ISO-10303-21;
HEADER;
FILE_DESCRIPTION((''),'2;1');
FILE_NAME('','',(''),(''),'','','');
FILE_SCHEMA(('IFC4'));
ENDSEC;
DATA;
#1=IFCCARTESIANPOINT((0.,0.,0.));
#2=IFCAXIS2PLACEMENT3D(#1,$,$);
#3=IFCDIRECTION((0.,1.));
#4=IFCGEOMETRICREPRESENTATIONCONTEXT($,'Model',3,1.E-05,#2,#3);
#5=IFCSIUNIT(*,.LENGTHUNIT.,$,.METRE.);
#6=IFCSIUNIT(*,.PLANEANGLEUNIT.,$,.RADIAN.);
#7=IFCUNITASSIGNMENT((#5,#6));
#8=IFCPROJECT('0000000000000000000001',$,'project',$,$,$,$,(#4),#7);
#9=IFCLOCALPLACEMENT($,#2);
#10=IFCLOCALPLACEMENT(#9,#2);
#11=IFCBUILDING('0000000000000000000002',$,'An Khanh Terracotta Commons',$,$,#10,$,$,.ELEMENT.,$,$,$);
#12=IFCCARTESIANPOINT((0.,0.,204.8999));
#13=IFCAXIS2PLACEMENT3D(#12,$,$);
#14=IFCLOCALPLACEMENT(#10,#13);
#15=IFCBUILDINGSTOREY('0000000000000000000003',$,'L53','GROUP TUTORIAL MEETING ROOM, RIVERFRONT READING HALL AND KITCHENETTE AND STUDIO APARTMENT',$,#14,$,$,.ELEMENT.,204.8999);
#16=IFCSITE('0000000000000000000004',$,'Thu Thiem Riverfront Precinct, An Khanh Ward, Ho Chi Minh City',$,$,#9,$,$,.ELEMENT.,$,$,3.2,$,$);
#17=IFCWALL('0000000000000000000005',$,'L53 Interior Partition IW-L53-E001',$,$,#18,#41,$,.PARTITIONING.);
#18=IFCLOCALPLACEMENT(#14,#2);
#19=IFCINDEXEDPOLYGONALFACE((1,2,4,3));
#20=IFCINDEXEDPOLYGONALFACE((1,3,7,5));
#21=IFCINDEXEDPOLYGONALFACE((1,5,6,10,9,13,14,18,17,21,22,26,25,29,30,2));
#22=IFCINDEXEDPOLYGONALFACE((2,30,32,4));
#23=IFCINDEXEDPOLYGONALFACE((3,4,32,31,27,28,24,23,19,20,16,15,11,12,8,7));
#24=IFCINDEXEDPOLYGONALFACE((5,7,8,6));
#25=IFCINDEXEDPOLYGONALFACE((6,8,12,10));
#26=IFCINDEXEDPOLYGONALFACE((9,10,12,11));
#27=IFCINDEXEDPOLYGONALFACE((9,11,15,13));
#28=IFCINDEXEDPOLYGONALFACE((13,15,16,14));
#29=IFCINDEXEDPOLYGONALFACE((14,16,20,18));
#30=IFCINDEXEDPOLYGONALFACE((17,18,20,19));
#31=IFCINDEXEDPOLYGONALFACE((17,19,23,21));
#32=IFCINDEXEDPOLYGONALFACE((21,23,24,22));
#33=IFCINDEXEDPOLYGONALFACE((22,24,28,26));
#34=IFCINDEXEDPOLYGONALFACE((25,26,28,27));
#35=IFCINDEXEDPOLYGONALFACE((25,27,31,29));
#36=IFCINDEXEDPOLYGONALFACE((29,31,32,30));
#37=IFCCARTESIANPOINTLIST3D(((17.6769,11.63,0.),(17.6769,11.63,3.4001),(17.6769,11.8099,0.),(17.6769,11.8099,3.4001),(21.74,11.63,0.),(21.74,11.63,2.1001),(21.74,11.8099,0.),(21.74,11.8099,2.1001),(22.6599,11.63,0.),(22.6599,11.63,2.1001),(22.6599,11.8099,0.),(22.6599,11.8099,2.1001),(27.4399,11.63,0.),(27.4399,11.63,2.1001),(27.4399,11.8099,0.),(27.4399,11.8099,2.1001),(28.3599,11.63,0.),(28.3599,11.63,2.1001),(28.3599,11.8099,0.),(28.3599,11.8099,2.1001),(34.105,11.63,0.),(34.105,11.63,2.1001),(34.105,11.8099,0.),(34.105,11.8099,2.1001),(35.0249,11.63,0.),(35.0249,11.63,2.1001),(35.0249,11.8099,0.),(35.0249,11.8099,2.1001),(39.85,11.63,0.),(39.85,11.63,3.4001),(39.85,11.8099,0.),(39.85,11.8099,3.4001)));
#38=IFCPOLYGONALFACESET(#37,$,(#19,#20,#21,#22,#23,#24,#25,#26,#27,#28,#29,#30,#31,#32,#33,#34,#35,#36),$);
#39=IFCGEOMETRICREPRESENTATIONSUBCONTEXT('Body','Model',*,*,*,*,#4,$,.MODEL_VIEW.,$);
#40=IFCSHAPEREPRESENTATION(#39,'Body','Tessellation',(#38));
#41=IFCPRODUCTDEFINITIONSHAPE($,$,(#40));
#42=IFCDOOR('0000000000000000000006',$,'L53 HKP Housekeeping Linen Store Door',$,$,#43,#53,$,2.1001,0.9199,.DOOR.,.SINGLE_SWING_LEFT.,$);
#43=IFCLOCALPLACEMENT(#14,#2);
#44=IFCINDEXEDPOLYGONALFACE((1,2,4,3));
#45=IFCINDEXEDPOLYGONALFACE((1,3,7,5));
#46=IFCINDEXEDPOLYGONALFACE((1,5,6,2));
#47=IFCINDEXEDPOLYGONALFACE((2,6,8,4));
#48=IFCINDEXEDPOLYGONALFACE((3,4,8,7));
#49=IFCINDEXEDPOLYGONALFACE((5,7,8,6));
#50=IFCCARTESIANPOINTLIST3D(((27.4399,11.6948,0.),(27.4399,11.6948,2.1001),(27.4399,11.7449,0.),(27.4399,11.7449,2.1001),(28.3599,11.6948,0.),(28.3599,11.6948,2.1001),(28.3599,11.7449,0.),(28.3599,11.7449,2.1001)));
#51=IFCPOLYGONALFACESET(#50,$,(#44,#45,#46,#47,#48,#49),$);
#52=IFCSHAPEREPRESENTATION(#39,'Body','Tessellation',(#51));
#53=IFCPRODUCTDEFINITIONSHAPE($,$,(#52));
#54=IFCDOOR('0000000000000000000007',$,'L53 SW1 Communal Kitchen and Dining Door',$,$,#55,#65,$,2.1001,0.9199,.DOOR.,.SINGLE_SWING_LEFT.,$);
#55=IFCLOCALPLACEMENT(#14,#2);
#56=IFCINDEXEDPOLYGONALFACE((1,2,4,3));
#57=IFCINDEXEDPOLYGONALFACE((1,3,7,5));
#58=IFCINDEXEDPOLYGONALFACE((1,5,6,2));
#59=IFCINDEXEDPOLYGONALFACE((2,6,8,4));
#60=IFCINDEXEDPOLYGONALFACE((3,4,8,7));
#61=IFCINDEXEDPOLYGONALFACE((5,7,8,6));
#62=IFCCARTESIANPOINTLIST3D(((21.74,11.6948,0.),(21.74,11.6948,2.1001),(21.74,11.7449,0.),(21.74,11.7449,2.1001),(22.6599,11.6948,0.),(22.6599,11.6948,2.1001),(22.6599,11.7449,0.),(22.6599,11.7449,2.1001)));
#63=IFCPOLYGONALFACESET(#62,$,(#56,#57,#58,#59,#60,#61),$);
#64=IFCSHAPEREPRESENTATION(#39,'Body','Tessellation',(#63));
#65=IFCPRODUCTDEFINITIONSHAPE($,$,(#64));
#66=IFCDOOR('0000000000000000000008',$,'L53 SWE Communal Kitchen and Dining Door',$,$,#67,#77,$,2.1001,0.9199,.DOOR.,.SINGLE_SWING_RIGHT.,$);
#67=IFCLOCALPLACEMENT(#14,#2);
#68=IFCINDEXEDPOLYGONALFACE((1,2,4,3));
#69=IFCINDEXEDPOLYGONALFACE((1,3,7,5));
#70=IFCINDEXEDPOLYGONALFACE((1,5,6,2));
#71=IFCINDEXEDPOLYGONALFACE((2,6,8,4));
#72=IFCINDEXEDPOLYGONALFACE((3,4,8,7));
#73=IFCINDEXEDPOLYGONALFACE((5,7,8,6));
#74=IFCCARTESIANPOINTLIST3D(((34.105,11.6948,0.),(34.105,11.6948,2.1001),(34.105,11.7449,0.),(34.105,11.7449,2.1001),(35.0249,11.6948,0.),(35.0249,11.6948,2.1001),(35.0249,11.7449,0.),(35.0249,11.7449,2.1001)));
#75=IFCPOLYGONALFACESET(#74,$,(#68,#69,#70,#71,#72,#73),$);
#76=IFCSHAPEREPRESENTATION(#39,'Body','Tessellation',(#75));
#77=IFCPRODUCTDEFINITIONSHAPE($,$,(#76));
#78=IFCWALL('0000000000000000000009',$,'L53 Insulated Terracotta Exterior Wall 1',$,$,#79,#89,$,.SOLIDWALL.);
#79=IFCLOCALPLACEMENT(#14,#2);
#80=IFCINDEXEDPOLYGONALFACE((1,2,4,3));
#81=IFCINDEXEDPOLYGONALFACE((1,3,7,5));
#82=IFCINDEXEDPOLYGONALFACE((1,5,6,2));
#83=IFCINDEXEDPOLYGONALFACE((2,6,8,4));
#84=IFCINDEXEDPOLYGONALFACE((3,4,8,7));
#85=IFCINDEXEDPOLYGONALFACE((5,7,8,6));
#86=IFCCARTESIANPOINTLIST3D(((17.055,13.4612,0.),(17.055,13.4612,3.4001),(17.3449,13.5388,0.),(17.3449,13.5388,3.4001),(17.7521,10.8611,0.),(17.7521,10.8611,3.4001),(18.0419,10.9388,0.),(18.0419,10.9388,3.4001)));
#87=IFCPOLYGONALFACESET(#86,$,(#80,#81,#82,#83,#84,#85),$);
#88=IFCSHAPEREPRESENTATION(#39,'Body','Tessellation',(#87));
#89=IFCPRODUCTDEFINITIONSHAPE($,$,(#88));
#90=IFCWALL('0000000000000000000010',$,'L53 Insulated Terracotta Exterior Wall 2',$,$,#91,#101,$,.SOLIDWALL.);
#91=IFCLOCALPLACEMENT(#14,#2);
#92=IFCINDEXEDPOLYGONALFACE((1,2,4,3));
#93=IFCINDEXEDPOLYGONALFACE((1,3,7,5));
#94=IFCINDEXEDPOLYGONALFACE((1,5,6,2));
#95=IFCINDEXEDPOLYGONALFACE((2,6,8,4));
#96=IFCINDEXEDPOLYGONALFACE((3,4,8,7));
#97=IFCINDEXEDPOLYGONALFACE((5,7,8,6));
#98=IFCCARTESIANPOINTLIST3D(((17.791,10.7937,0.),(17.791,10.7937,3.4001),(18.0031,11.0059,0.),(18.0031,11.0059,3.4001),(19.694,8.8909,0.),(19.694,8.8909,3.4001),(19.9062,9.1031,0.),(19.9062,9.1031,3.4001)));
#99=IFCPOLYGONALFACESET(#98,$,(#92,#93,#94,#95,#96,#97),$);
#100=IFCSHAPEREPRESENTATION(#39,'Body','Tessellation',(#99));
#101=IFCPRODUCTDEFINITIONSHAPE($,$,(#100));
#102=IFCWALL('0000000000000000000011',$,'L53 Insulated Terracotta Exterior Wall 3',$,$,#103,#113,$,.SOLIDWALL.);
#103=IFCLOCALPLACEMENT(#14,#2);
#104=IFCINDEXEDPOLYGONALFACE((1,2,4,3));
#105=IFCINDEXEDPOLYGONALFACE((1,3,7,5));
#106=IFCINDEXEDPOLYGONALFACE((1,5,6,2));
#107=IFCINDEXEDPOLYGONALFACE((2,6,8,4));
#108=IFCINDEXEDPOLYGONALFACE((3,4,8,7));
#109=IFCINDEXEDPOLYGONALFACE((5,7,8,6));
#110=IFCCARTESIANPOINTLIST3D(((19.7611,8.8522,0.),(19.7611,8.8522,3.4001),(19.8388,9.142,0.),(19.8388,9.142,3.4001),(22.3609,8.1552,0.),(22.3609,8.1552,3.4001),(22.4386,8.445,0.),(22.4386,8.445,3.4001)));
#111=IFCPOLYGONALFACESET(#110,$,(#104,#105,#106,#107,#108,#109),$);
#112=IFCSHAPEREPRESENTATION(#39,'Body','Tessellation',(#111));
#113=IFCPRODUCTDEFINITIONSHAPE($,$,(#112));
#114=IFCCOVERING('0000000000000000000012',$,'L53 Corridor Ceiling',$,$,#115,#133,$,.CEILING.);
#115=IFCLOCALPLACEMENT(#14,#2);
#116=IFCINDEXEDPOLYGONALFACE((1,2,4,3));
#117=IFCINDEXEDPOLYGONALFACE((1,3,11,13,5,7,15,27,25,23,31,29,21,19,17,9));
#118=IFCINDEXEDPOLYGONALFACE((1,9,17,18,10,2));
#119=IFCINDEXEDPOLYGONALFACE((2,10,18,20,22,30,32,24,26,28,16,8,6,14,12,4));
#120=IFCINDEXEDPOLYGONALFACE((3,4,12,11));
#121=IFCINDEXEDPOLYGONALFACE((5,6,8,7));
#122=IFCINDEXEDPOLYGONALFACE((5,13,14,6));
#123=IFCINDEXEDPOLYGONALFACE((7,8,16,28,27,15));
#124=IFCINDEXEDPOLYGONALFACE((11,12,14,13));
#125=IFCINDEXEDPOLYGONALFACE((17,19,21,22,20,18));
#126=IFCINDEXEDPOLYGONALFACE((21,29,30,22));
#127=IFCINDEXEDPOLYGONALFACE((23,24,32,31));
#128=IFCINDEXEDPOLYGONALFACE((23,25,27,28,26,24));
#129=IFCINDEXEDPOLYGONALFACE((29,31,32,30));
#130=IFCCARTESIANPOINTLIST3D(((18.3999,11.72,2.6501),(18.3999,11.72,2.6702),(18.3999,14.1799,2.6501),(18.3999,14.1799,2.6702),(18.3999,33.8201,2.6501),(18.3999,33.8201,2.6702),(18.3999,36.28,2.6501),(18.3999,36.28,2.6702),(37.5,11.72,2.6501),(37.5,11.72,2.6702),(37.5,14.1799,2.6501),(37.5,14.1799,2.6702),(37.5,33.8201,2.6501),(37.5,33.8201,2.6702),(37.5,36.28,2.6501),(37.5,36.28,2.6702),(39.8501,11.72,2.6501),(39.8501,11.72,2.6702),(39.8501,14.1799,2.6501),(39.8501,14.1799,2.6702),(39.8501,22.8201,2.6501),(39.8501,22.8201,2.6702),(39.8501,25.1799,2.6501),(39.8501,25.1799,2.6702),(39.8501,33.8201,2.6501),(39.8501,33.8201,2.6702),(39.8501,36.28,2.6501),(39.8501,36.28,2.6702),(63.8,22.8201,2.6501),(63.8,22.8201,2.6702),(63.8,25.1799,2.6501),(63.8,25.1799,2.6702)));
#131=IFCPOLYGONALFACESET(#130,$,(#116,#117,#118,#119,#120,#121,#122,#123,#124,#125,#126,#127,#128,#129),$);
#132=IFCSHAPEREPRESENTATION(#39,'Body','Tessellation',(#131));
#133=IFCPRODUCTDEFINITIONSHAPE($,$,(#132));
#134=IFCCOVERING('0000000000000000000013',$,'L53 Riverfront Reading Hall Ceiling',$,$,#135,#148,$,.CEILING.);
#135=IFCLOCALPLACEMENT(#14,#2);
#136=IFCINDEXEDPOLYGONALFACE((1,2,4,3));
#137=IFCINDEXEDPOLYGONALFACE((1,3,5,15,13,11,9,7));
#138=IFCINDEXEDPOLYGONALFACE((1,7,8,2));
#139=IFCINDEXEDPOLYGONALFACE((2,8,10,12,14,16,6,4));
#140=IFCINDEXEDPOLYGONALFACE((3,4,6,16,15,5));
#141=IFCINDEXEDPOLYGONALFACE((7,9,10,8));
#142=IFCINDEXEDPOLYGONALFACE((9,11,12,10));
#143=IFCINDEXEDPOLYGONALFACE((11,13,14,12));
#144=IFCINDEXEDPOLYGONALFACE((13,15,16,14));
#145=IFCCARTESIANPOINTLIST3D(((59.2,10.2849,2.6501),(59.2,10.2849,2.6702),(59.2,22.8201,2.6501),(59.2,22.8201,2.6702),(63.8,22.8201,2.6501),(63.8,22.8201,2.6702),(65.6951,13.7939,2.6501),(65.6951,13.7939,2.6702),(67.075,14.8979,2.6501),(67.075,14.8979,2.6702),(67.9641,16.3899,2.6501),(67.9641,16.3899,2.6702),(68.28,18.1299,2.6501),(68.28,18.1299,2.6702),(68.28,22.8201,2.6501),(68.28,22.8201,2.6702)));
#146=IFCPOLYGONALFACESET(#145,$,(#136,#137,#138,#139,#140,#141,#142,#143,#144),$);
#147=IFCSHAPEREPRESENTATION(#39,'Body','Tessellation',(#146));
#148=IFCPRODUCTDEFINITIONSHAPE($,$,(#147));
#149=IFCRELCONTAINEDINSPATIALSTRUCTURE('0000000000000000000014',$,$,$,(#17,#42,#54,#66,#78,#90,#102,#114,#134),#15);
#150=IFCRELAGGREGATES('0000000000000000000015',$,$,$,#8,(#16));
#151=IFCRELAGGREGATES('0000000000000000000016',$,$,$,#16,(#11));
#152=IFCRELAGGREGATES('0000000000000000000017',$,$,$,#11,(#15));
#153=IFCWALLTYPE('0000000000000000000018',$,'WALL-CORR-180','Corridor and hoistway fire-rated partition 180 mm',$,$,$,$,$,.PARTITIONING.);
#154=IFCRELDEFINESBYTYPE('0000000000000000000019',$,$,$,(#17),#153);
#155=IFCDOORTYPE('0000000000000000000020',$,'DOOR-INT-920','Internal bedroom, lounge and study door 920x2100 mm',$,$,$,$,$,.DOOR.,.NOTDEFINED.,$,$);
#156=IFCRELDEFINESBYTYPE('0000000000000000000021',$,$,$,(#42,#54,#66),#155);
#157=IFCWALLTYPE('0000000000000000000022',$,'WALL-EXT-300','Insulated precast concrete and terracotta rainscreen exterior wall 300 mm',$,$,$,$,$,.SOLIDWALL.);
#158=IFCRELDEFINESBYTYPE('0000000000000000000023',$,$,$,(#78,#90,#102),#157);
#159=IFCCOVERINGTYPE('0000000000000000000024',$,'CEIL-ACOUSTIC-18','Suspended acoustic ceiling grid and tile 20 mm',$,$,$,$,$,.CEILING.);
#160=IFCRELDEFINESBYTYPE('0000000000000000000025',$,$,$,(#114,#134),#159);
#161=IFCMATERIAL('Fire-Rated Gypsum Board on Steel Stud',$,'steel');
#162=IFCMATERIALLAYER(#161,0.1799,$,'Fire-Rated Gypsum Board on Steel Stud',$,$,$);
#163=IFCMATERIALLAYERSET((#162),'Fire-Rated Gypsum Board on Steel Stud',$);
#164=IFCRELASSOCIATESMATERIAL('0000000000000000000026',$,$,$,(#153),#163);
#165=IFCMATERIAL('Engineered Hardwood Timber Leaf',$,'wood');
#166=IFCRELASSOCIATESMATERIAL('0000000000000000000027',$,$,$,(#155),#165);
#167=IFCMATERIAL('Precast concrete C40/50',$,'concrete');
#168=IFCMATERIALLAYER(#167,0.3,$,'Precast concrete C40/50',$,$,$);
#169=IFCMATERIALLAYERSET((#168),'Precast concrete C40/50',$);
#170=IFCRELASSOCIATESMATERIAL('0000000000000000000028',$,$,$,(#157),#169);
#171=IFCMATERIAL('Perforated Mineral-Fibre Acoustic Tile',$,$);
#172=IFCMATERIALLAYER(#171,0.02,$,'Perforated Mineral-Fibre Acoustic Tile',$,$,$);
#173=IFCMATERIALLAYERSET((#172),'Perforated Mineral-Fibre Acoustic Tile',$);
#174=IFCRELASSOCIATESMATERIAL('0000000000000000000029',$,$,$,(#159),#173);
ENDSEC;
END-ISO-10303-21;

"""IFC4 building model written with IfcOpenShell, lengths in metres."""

from ifc_helpers import new_model, si_unit, direction, frame, frame_2d, origin, place, context, subcontext, project, spatial, polyline, rectangle, outline, extrude, material, layer, layer_set, type_object, element, fill, save


model = new_model("IFC4")

# Units and contexts
model_context = context("Model", 3, precision=1e-05, world=origin(), true_north=direction((0.0, 1.0)))
body_context = subcontext(model_context, "Body", "Model", "MODEL_VIEW")
ifc_project = project(units=[si_unit("LENGTHUNIT", "METRE"), si_unit("PLANEANGLEUNIT", "RADIAN")], contexts=[model_context])

# Site, building, storey
site_placement = place(None, origin())
site = spatial("IfcSite", under=ifc_project, at=site_placement, Name="Thu Thiem Riverfront Precinct, An Khanh Ward, Ho Chi Minh City", CompositionType="ELEMENT", RefElevation=3.2)
building_placement = place(site_placement, origin())
building = spatial("IfcBuilding", under=site, at=building_placement, Name="An Khanh Terracotta Commons", CompositionType="ELEMENT")
storey_placement = place(building_placement, frame((0.0, 0.0, 204.8999)))
storey = spatial("IfcBuildingStorey", under=building, at=storey_placement, Name="L53", Description="GROUP TUTORIAL MEETING ROOM, RIVERFRONT READING HALL AND KITCHENETTE AND STUDIO APARTMENT", CompositionType="ELEMENT", Elevation=204.8999)

# Shared definitions
ifc_material_1 = material(Name="Precast concrete C40/50", Category="concrete")

# Wall, openings, doors
ifc_material_2 = material(Name="Fire-Rated Gypsum Board on Steel Stud", Category="steel")
ifc_layer_1 = layer(ifc_material_2, 0.1799, Name="Fire-Rated Gypsum Board on Steel Stud")
ifc_layer_set_1 = layer_set([ifc_layer_1], Name="Fire-Rated Gypsum Board on Steel Stud")
wall_type_1 = type_object("IfcWallType", Name="WALL-CORR-180", Description="Corridor and hoistway fire-rated partition 180 mm", PredefinedType="PARTITIONING", material=ifc_layer_set_1)
wall_1_placement = place(storey_placement, frame((17.677, 11.72, 0.0), z_axis=(0.0, 0.0, 1.0), x_axis=(1.0, 0.0, 0.0)))
wall_1 = element("IfcWall", 1, at=wall_1_placement, inside=storey, type_object=wall_type_1, Name="L53 Interior Partition IW-L53-E001", PredefinedType="PARTITIONING", context=body_context, shape_type="SweptSolid", body=[
    extrude(rectangle(XDim=22.1731, YDim=0.1799, at=frame_2d((11.0864, 0.0))), origin(), (0.0, 0.0, 1.0), 3.4001),
])
opening_1_placement = place(wall_1_placement, frame((9.7629, 0.0, 0.0)))
opening_1 = element("IfcOpeningElement", 2, at=opening_1_placement, cuts=wall_1, PredefinedType="OPENING", context=body_context, shape_type="SweptSolid", body=[
    extrude(rectangle(XDim=0.9199, YDim=2.1001, at=frame_2d((0.46, 1.05))), frame((0.0, 0.0999, 0.0), z_axis=(0.0, -1.0, 0.0), x_axis=(1.0, 0.0, 0.0)), (0.0, 0.0, 1.0), 0.2),
])
opening_2_placement = place(wall_1_placement, frame((4.063, 0.0, 0.0)))
opening_2 = element("IfcOpeningElement", 3, at=opening_2_placement, cuts=wall_1, PredefinedType="OPENING", context=body_context, shape_type="SweptSolid", body=[
    extrude(rectangle(XDim=0.9199, YDim=2.1001, at=frame_2d((0.46, 1.05))), frame((0.0, 0.0999, 0.0), z_axis=(0.0, -1.0, 0.0), x_axis=(1.0, 0.0, 0.0)), (0.0, 0.0, 1.0), 0.2),
])
opening_3_placement = place(wall_1_placement, frame((16.428, 0.0, 0.0)))
opening_3 = element("IfcOpeningElement", 4, at=opening_3_placement, cuts=wall_1, PredefinedType="OPENING", context=body_context, shape_type="SweptSolid", body=[
    extrude(rectangle(XDim=0.9199, YDim=2.1001, at=frame_2d((0.46, 1.05))), frame((0.0, 0.0999, 0.0), z_axis=(0.0, -1.0, 0.0), x_axis=(1.0, 0.0, 0.0)), (0.0, 0.0, 1.0), 0.2),
])
ifc_material_3 = material(Name="Engineered Hardwood Timber Leaf", Category="wood")
door_type = type_object("IfcDoorType", Name="DOOR-INT-920", Description="Internal bedroom, lounge and study door 920x2100 mm", OperationType="NOTDEFINED", PredefinedType="DOOR", material=ifc_material_3)
door_1_placement = place(opening_1_placement, origin())
door_1 = element("IfcDoor", 5, at=door_1_placement, inside=storey, type_object=door_type, Name="L53 HKP Housekeeping Linen Store Door", OperationType="SINGLE_SWING_LEFT", OverallHeight=2.1001, OverallWidth=0.9199, PredefinedType="DOOR", context=body_context, shape_type="SweptSolid", body=[
    extrude(rectangle(XDim=0.9199, YDim=2.1001, at=frame_2d((0.46, 1.05))), frame((0.0, 0.0249, 0.0), z_axis=(0.0, -1.0, 0.0), x_axis=(1.0, 0.0, 0.0)), (0.0, 0.0, 1.0), 0.05),
])
fill(opening_1, door_1)
door_2_placement = place(opening_2_placement, origin())
door_2 = element("IfcDoor", 6, at=door_2_placement, inside=storey, type_object=door_type, Name="L53 SW1 Communal Kitchen and Dining Door", OperationType="SINGLE_SWING_LEFT", OverallHeight=2.1001, OverallWidth=0.9199, PredefinedType="DOOR", context=body_context, shape_type="SweptSolid", body=[
    extrude(rectangle(XDim=0.9199, YDim=2.1001, at=frame_2d((0.46, 1.05))), frame((0.0, 0.0249, 0.0), z_axis=(0.0, -1.0, 0.0), x_axis=(1.0, 0.0, 0.0)), (0.0, 0.0, 1.0), 0.05),
])
fill(opening_2, door_2)
door_3_placement = place(opening_3_placement, origin())
door_3 = element("IfcDoor", 7, at=door_3_placement, inside=storey, type_object=door_type, Name="L53 SWE Communal Kitchen and Dining Door", OperationType="SINGLE_SWING_RIGHT", OverallHeight=2.1001, OverallWidth=0.9199, PredefinedType="DOOR", context=body_context, shape_type="SweptSolid", body=[
    extrude(rectangle(XDim=0.9199, YDim=2.1001, at=frame_2d((0.46, 1.05))), frame((0.0, 0.0249, 0.0), z_axis=(0.0, -1.0, 0.0), x_axis=(1.0, 0.0, 0.0)), (0.0, 0.0, 1.0), 0.05),
])
fill(opening_3, door_3)

# Walls
ifc_layer_2 = layer(ifc_material_1, 0.3, Name="Precast concrete C40/50")
ifc_layer_set_2 = layer_set([ifc_layer_2], Name="Precast concrete C40/50")
wall_type_2 = type_object("IfcWallType", Name="WALL-EXT-300", Description="Insulated precast concrete and terracotta rainscreen exterior wall 300 mm", PredefinedType="SOLIDWALL", material=ifc_layer_set_2)
wall_2_placement = place(storey_placement, frame((17.2, 13.5, 0.0), z_axis=(0.0, 0.0, 1.0), x_axis=(0.258933, -0.965895, 0.0)))
element("IfcWall", 8, at=wall_2_placement, inside=storey, type_object=wall_type_2, Name="L53 Insulated Terracotta Exterior Wall 1", PredefinedType="SOLIDWALL", context=body_context, shape_type="SweptSolid", body=[
    extrude(rectangle(XDim=2.6919, YDim=0.3, at=frame_2d((1.3459, 0.0))), origin(), (0.0, 0.0, 1.0), 3.4001),
])
wall_3_placement = place(storey_placement, frame((17.897, 10.8999, 0.0), z_axis=(0.0, 0.0, 1.0), x_axis=(0.707152, -0.707061, 0.0)))
element("IfcWall", 9, at=wall_3_placement, inside=storey, type_object=wall_type_2, Name="L53 Insulated Terracotta Exterior Wall 2", PredefinedType="SOLIDWALL", context=body_context, shape_type="SweptSolid", body=[
    extrude(rectangle(XDim=2.6912, YDim=0.3, at=frame_2d((1.3457, 0.0))), origin(), (0.0, 0.0, 1.0), 3.4001),
])
wall_4_placement = place(storey_placement, frame((19.8, 8.9971, 0.0), z_axis=(0.0, 0.0, 1.0), x_axis=(0.965889, -0.258955, 0.0)))
element("IfcWall", 10, at=wall_4_placement, inside=storey, type_object=wall_type_2, Name="L53 Insulated Terracotta Exterior Wall 3", PredefinedType="SOLIDWALL", context=body_context, shape_type="SweptSolid", body=[
    extrude(rectangle(XDim=2.6917, YDim=0.3, at=frame_2d((1.3457, 0.0))), origin(), (0.0, 0.0, 1.0), 3.4001),
])

# Coverings
ifc_material_4 = material(Name="Perforated Mineral-Fibre Acoustic Tile")
ifc_layer_3 = layer(ifc_material_4, 0.02, Name="Perforated Mineral-Fibre Acoustic Tile")
ifc_layer_set_3 = layer_set([ifc_layer_3], Name="Perforated Mineral-Fibre Acoustic Tile")
covering_type = type_object("IfcCoveringType", Name="CEIL-ACOUSTIC-18", Description="Suspended acoustic ceiling grid and tile 20 mm", PredefinedType="CEILING", material=ifc_layer_set_3)
covering_1_placement = place(storey_placement, frame((0.0, 0.0, 2.6501)))
element("IfcCovering", 11, at=covering_1_placement, inside=storey, type_object=covering_type, Name="L53 Corridor Ceiling", PredefinedType="CEILING", context=body_context, shape_type="SweptSolid", body=[
    extrude(outline(polyline([(18.3999, 11.72), (18.3999, 14.1799), (37.5, 14.1799), (37.5, 33.8201), (18.3999, 33.8201), (18.3999, 36.28), (37.5, 36.28), (39.8501, 36.28), (39.8501, 33.8201), (39.8501, 25.1799), (63.8, 25.1799), (63.8, 22.8201), (39.8501, 22.8201), (39.8501, 14.1799), (39.8501, 11.72), (37.5, 11.72), (18.3999, 11.72)])), origin(), (0.0, 0.0, 1.0), 0.02),
])
covering_2_placement = place(storey_placement, frame((0.0, 0.0, 2.6501)))
element("IfcCovering", 12, at=covering_2_placement, inside=storey, type_object=covering_type, Name="L53 Riverfront Reading Hall Ceiling", PredefinedType="CEILING", context=body_context, shape_type="SweptSolid", body=[
    extrude(outline(polyline([(68.28, 18.1299), (67.9641, 16.3899), (67.075, 14.8979), (65.6951, 13.7939), (59.2, 10.2849), (59.2, 22.8201), (63.8, 22.8201), (68.28, 22.8201), (68.28, 18.1299)])), origin(), (0.0, 0.0, 1.0), 0.02),
])

save(model, "model.ifc")
